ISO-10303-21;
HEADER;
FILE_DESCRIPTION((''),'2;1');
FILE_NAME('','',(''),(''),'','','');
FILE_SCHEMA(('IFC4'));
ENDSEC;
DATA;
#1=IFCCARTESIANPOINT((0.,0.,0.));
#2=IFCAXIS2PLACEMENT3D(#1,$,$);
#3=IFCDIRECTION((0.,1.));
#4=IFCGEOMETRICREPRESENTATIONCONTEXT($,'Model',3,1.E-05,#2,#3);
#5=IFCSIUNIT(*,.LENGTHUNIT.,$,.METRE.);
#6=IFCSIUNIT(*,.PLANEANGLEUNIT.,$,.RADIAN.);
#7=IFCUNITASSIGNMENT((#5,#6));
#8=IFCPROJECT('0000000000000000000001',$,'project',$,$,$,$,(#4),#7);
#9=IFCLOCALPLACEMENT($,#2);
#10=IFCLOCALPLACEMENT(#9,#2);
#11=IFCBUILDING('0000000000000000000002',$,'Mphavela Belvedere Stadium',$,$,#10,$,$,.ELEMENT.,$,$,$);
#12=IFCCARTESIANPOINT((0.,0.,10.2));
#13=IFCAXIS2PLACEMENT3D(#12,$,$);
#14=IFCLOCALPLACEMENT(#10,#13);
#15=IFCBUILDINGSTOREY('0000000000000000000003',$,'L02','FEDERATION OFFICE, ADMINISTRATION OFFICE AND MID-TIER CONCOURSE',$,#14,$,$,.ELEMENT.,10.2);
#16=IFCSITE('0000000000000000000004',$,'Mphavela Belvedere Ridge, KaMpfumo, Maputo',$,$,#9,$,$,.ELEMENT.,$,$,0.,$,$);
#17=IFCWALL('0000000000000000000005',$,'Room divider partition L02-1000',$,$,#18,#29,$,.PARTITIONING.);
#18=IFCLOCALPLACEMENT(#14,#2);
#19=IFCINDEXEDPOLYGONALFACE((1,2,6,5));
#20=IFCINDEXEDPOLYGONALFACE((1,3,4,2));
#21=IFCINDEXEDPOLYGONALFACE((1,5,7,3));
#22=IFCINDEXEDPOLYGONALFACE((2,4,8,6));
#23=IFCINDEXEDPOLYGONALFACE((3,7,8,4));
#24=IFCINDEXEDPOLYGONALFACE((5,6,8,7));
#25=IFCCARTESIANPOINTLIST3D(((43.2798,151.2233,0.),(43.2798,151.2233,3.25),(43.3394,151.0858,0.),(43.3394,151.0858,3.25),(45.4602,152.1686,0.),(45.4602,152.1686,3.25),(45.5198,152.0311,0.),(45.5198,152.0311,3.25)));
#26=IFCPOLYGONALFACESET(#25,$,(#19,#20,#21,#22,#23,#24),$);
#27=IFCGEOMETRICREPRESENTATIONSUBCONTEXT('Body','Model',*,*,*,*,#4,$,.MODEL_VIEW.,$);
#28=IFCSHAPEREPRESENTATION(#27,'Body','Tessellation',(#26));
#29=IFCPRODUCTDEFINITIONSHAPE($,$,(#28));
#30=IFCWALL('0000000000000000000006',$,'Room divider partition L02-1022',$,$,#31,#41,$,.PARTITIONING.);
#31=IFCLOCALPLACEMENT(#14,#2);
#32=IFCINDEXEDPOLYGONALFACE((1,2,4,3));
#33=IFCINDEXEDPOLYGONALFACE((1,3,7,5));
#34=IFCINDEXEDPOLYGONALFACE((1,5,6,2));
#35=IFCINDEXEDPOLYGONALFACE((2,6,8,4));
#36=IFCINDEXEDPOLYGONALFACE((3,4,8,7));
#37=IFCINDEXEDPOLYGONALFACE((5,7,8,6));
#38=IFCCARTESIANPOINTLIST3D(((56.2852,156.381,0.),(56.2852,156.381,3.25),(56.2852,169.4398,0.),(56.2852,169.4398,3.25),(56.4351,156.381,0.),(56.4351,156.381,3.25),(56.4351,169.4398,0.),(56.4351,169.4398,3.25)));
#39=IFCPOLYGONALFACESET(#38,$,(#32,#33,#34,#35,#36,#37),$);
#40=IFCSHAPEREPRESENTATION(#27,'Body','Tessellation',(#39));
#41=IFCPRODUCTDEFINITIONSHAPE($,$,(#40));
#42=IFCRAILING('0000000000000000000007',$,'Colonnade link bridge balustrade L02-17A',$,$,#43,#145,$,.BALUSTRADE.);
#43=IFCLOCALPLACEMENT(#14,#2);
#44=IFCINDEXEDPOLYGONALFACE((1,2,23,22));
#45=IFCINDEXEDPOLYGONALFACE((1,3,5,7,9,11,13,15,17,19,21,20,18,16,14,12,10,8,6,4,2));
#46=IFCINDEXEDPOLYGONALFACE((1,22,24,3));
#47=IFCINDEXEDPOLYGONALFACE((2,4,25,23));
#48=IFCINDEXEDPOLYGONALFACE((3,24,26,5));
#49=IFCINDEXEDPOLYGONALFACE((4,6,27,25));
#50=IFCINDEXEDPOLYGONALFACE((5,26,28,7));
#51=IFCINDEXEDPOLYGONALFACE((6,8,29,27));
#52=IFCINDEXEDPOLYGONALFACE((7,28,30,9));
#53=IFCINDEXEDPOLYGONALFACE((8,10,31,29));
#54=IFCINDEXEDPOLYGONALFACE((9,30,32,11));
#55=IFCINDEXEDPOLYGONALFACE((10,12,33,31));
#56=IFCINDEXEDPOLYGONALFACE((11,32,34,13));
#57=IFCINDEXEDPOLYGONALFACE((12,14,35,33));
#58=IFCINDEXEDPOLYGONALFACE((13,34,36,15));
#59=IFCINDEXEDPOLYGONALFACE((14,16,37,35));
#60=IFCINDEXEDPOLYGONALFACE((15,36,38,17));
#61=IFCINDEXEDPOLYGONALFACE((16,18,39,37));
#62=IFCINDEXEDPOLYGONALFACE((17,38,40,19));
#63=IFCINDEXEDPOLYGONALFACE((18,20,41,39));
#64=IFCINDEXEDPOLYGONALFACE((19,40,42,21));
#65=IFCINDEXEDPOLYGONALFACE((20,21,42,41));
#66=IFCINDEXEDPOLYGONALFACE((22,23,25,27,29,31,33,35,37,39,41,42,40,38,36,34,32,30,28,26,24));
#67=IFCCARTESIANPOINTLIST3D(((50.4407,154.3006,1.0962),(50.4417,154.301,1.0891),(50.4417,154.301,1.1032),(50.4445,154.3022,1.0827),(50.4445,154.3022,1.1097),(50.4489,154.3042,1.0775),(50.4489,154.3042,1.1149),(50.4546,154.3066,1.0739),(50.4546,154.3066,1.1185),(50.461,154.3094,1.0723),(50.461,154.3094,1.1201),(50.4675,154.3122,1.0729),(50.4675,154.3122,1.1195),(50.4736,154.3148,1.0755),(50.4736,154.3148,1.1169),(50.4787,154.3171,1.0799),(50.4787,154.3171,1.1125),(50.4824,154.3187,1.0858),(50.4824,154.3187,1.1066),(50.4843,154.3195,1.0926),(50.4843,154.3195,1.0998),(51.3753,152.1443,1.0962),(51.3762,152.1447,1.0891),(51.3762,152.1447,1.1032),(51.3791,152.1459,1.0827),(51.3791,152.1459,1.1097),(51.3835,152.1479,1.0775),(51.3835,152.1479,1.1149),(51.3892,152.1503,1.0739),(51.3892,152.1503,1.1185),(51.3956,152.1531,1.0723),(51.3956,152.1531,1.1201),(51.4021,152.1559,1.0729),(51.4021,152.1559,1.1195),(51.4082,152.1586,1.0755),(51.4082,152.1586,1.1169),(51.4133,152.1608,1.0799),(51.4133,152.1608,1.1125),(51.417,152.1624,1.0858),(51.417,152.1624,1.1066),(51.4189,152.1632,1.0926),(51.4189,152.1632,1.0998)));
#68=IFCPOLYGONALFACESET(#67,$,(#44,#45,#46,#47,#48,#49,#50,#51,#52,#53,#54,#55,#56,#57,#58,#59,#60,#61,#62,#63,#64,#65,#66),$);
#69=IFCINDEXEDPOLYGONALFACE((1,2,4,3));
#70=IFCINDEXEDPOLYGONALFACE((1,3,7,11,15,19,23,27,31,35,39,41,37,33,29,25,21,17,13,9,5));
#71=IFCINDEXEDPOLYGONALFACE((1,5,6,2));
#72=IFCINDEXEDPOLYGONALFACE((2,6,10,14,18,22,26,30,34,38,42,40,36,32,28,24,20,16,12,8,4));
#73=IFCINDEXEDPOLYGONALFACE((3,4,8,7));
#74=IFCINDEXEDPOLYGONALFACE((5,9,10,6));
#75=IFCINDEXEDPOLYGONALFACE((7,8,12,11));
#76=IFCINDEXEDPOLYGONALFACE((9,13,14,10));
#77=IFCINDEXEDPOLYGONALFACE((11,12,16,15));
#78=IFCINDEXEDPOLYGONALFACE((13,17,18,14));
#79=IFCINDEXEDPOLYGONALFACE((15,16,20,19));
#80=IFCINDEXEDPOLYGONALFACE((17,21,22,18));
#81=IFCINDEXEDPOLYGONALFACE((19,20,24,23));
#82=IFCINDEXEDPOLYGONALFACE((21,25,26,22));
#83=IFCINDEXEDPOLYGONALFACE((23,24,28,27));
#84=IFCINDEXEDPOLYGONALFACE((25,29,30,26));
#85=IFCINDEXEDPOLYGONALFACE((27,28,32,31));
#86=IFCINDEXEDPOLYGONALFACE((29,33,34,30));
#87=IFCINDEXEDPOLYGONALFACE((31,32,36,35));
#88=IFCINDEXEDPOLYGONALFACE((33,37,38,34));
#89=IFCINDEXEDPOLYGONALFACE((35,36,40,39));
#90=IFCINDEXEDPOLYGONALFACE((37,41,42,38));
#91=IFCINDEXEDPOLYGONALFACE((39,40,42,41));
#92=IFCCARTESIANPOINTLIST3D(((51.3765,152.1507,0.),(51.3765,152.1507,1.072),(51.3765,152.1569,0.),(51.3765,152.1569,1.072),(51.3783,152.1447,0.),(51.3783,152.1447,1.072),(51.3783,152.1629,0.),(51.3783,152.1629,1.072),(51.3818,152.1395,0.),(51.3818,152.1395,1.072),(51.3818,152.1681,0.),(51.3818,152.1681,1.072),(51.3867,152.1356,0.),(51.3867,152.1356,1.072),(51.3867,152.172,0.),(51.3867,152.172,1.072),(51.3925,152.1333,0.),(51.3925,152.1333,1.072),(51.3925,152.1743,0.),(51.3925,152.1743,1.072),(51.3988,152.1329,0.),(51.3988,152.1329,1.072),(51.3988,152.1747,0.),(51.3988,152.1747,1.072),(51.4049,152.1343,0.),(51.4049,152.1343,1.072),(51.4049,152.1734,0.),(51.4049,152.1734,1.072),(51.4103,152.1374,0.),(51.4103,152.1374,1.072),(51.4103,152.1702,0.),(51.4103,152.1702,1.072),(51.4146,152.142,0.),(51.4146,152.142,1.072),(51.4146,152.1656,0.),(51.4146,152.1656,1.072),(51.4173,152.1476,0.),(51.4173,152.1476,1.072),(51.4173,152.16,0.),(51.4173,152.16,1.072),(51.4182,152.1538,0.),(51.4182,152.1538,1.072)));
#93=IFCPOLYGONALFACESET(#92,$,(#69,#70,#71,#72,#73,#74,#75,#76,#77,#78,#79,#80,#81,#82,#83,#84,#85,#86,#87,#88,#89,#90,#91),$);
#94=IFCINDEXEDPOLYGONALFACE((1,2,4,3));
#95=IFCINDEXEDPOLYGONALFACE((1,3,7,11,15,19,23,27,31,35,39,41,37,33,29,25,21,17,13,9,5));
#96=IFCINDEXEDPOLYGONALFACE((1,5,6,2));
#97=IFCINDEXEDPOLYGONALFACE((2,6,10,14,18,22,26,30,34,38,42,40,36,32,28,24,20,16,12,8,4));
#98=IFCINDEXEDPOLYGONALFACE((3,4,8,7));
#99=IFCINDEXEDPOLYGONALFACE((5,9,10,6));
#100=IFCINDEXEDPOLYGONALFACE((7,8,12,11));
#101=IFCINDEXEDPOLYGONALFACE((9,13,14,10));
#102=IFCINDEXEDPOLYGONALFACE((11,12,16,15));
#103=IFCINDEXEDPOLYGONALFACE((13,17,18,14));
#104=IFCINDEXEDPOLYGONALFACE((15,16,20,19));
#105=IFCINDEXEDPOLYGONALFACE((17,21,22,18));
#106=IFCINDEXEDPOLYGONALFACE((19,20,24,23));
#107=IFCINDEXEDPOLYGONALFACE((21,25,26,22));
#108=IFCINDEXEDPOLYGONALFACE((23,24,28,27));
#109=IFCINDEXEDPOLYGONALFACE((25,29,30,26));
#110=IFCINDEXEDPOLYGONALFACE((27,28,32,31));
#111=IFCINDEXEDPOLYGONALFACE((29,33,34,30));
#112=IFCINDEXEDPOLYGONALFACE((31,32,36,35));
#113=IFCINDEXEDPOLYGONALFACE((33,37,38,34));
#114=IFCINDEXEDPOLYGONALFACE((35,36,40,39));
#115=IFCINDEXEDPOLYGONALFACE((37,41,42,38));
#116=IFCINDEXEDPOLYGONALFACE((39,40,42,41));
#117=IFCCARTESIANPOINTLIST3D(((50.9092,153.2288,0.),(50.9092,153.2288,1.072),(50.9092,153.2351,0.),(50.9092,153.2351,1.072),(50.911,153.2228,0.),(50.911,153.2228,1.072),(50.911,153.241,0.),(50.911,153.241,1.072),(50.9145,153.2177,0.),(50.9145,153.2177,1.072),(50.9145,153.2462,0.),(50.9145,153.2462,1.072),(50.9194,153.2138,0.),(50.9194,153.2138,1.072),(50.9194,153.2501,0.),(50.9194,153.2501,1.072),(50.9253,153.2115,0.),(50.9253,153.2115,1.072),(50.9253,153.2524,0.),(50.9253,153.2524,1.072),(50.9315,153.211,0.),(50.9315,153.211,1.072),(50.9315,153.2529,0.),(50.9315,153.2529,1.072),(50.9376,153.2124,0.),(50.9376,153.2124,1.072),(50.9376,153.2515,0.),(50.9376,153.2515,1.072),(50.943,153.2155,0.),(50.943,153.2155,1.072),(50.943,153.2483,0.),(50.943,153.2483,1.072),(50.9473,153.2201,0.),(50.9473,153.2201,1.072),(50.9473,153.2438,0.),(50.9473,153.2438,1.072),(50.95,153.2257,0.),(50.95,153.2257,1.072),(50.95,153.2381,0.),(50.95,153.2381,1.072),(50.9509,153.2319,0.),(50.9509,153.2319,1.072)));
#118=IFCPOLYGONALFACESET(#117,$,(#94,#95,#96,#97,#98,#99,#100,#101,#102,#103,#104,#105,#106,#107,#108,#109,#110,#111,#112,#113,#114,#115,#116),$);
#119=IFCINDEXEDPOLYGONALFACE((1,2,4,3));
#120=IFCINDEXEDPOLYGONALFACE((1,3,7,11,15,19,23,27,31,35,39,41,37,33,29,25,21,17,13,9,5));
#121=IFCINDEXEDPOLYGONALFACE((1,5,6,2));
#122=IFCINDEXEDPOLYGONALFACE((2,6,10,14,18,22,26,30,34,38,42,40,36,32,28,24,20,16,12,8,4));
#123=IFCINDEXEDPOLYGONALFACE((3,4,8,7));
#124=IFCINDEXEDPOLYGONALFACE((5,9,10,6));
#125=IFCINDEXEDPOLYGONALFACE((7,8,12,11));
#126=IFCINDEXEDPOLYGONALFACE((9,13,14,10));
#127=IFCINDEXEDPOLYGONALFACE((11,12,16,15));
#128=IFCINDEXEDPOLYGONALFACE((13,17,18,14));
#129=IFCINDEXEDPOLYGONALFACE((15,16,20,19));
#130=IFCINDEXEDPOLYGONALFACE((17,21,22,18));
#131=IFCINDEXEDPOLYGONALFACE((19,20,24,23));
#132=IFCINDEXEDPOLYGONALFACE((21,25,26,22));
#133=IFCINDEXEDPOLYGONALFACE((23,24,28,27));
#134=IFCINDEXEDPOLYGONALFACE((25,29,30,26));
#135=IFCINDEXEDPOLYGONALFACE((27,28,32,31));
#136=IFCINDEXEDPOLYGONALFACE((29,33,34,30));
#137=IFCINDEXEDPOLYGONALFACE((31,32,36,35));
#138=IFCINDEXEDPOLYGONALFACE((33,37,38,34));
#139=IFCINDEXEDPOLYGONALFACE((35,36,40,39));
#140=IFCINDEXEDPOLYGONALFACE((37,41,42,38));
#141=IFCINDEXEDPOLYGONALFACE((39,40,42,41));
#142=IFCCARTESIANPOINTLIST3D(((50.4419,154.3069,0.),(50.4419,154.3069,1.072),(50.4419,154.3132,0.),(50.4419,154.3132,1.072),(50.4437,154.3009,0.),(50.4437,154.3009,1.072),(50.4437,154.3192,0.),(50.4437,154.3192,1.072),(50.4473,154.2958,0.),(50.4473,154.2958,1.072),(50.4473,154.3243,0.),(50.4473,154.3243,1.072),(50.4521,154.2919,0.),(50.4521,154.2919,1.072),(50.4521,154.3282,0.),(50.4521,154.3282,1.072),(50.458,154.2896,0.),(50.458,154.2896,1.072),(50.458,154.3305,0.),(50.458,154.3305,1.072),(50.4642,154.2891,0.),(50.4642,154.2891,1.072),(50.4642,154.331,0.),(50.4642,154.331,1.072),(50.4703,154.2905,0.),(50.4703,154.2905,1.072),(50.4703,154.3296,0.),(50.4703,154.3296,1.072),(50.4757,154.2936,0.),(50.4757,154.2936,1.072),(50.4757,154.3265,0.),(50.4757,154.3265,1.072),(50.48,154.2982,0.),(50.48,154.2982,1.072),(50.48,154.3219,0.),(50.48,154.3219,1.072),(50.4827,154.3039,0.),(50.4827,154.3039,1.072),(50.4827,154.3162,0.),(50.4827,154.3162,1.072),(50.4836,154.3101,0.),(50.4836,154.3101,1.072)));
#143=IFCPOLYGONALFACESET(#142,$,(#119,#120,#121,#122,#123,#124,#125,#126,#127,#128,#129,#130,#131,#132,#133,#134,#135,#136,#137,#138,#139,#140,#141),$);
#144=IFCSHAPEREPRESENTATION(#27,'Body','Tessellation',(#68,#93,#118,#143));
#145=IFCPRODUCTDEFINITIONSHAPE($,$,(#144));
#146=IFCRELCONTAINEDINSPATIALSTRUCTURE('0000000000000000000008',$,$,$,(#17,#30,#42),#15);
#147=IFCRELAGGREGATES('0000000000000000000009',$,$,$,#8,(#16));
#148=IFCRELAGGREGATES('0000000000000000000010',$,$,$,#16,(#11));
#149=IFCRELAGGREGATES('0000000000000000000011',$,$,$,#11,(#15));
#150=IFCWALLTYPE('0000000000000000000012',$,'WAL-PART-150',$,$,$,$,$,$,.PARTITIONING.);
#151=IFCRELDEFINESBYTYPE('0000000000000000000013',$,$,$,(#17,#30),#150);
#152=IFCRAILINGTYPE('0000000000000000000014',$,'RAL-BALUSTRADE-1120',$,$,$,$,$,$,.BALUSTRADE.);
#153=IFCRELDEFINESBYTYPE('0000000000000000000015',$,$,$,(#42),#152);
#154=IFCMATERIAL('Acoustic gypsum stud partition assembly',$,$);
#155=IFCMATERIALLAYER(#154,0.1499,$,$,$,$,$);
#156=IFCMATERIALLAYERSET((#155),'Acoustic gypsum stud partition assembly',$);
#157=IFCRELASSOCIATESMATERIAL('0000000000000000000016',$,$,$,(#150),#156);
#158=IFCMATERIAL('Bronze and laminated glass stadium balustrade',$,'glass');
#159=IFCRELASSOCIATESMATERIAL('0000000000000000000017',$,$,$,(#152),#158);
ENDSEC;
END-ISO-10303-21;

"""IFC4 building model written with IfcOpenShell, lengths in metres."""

from ifc_helpers import new_model, si_unit, direction, frame, frame_2d, origin, origin_2d, place, context, subcontext, project, spatial, rectangle, circle, extrude, material, layer, layer_set, type_object, element, save


model = new_model("IFC4")

# Units and contexts
model_context = context("Model", 3, precision=1e-05, world=origin(), true_north=direction((0.0, 1.0)))
body_context = subcontext(model_context, "Body", "Model", "MODEL_VIEW")
ifc_project = project(units=[si_unit("LENGTHUNIT", "METRE"), si_unit("PLANEANGLEUNIT", "RADIAN")], contexts=[model_context])

# Site, building, storey
site_placement = place(None, origin())
site = spatial("IfcSite", under=ifc_project, at=site_placement, Name="Mphavela Belvedere Ridge, KaMpfumo, Maputo", CompositionType="ELEMENT", RefElevation=0.0)
building_placement = place(site_placement, origin())
building = spatial("IfcBuilding", under=site, at=building_placement, Name="Mphavela Belvedere Stadium", CompositionType="ELEMENT")
storey_placement = place(building_placement, frame((0.0, 0.0, 10.2)))
storey = spatial("IfcBuildingStorey", under=building, at=storey_placement, Name="L02", Description="FEDERATION OFFICE, ADMINISTRATION OFFICE AND MID-TIER CONCOURSE", CompositionType="ELEMENT", Elevation=10.2)

# Walls
ifc_material_1 = material(Name="Acoustic gypsum stud partition assembly")
ifc_layer_1 = layer(ifc_material_1, 0.1499)
ifc_layer_set_1 = layer_set([ifc_layer_1], Name="Acoustic gypsum stud partition assembly")
wall_type_1 = type_object("IfcWallType", Name="WAL-PART-150", PredefinedType="PARTITIONING", material=ifc_layer_set_1)
wall_1_placement = place(storey_placement, frame((45.49, 152.0999, 0.0), z_axis=(0.0, 0.0, 1.0), x_axis=(-0.917484, -0.397772, 0.0)))
element("IfcWall", 1, at=wall_1_placement, inside=storey, type_object=wall_type_1, Name="Room divider partition L02-1000", PredefinedType="PARTITIONING", context=body_context, shape_type="SweptSolid", body=[
    extrude(rectangle(XDim=2.3765, YDim=0.1499, at=frame_2d((1.1882, 0.0))), origin(), (0.0, 0.0, 1.0), 3.25),
])
wall_2_placement = place(storey_placement, frame((56.3601, 156.3811, 0.0), z_axis=(0.0, 0.0, 1.0), x_axis=(0.0, 1.0, 0.0)))
element("IfcWall", 2, at=wall_2_placement, inside=storey, type_object=wall_type_1, Name="Room divider partition L02-1022", PredefinedType="PARTITIONING", context=body_context, shape_type="SweptSolid", body=[
    extrude(rectangle(XDim=13.0588, YDim=0.1499, at=frame_2d((6.5293, 0.0))), origin(), (0.0, 0.0, 1.0), 3.25),
])

# Railing
ifc_material_2 = material(Name="Bronze and laminated glass stadium balustrade", Category="glass")
railing_type = type_object("IfcRailingType", Name="RAL-BALUSTRADE-1120", PredefinedType="BALUSTRADE", material=ifc_material_2)
railing_1_placement = place(storey_placement, frame((51.3972, 152.1538, 0.0)))
element("IfcRailing", 3, at=railing_1_placement, inside=storey, type_object=railing_type, Name="Colonnade link bridge balustrade L02-17A", PredefinedType="BALUSTRADE", context=body_context, shape_type="SweptSolid", body=[
    extrude(circle(Radius=0.0239, at=origin_2d()), frame((0.0, 0.0, 1.0962), z_axis=(-0.397677, 0.917525, 0.0), x_axis=(-0.917525, -0.397677, 0.0)), (0.0, 0.0, 1.0), 2.3501),
    extrude(circle(Radius=0.021, at=origin_2d()), origin(), (0.0, 0.0, 1.0), 1.072),
    extrude(circle(Radius=0.021, at=origin_2d()), frame((-0.4673, 1.0781, 0.0)), (0.0, 0.0, 1.0), 1.072),
    extrude(circle(Radius=0.021, at=origin_2d()), frame((-0.9346, 2.1562, 0.0)), (0.0, 0.0, 1.0), 1.072),
])

save(model, "model.ifc")
